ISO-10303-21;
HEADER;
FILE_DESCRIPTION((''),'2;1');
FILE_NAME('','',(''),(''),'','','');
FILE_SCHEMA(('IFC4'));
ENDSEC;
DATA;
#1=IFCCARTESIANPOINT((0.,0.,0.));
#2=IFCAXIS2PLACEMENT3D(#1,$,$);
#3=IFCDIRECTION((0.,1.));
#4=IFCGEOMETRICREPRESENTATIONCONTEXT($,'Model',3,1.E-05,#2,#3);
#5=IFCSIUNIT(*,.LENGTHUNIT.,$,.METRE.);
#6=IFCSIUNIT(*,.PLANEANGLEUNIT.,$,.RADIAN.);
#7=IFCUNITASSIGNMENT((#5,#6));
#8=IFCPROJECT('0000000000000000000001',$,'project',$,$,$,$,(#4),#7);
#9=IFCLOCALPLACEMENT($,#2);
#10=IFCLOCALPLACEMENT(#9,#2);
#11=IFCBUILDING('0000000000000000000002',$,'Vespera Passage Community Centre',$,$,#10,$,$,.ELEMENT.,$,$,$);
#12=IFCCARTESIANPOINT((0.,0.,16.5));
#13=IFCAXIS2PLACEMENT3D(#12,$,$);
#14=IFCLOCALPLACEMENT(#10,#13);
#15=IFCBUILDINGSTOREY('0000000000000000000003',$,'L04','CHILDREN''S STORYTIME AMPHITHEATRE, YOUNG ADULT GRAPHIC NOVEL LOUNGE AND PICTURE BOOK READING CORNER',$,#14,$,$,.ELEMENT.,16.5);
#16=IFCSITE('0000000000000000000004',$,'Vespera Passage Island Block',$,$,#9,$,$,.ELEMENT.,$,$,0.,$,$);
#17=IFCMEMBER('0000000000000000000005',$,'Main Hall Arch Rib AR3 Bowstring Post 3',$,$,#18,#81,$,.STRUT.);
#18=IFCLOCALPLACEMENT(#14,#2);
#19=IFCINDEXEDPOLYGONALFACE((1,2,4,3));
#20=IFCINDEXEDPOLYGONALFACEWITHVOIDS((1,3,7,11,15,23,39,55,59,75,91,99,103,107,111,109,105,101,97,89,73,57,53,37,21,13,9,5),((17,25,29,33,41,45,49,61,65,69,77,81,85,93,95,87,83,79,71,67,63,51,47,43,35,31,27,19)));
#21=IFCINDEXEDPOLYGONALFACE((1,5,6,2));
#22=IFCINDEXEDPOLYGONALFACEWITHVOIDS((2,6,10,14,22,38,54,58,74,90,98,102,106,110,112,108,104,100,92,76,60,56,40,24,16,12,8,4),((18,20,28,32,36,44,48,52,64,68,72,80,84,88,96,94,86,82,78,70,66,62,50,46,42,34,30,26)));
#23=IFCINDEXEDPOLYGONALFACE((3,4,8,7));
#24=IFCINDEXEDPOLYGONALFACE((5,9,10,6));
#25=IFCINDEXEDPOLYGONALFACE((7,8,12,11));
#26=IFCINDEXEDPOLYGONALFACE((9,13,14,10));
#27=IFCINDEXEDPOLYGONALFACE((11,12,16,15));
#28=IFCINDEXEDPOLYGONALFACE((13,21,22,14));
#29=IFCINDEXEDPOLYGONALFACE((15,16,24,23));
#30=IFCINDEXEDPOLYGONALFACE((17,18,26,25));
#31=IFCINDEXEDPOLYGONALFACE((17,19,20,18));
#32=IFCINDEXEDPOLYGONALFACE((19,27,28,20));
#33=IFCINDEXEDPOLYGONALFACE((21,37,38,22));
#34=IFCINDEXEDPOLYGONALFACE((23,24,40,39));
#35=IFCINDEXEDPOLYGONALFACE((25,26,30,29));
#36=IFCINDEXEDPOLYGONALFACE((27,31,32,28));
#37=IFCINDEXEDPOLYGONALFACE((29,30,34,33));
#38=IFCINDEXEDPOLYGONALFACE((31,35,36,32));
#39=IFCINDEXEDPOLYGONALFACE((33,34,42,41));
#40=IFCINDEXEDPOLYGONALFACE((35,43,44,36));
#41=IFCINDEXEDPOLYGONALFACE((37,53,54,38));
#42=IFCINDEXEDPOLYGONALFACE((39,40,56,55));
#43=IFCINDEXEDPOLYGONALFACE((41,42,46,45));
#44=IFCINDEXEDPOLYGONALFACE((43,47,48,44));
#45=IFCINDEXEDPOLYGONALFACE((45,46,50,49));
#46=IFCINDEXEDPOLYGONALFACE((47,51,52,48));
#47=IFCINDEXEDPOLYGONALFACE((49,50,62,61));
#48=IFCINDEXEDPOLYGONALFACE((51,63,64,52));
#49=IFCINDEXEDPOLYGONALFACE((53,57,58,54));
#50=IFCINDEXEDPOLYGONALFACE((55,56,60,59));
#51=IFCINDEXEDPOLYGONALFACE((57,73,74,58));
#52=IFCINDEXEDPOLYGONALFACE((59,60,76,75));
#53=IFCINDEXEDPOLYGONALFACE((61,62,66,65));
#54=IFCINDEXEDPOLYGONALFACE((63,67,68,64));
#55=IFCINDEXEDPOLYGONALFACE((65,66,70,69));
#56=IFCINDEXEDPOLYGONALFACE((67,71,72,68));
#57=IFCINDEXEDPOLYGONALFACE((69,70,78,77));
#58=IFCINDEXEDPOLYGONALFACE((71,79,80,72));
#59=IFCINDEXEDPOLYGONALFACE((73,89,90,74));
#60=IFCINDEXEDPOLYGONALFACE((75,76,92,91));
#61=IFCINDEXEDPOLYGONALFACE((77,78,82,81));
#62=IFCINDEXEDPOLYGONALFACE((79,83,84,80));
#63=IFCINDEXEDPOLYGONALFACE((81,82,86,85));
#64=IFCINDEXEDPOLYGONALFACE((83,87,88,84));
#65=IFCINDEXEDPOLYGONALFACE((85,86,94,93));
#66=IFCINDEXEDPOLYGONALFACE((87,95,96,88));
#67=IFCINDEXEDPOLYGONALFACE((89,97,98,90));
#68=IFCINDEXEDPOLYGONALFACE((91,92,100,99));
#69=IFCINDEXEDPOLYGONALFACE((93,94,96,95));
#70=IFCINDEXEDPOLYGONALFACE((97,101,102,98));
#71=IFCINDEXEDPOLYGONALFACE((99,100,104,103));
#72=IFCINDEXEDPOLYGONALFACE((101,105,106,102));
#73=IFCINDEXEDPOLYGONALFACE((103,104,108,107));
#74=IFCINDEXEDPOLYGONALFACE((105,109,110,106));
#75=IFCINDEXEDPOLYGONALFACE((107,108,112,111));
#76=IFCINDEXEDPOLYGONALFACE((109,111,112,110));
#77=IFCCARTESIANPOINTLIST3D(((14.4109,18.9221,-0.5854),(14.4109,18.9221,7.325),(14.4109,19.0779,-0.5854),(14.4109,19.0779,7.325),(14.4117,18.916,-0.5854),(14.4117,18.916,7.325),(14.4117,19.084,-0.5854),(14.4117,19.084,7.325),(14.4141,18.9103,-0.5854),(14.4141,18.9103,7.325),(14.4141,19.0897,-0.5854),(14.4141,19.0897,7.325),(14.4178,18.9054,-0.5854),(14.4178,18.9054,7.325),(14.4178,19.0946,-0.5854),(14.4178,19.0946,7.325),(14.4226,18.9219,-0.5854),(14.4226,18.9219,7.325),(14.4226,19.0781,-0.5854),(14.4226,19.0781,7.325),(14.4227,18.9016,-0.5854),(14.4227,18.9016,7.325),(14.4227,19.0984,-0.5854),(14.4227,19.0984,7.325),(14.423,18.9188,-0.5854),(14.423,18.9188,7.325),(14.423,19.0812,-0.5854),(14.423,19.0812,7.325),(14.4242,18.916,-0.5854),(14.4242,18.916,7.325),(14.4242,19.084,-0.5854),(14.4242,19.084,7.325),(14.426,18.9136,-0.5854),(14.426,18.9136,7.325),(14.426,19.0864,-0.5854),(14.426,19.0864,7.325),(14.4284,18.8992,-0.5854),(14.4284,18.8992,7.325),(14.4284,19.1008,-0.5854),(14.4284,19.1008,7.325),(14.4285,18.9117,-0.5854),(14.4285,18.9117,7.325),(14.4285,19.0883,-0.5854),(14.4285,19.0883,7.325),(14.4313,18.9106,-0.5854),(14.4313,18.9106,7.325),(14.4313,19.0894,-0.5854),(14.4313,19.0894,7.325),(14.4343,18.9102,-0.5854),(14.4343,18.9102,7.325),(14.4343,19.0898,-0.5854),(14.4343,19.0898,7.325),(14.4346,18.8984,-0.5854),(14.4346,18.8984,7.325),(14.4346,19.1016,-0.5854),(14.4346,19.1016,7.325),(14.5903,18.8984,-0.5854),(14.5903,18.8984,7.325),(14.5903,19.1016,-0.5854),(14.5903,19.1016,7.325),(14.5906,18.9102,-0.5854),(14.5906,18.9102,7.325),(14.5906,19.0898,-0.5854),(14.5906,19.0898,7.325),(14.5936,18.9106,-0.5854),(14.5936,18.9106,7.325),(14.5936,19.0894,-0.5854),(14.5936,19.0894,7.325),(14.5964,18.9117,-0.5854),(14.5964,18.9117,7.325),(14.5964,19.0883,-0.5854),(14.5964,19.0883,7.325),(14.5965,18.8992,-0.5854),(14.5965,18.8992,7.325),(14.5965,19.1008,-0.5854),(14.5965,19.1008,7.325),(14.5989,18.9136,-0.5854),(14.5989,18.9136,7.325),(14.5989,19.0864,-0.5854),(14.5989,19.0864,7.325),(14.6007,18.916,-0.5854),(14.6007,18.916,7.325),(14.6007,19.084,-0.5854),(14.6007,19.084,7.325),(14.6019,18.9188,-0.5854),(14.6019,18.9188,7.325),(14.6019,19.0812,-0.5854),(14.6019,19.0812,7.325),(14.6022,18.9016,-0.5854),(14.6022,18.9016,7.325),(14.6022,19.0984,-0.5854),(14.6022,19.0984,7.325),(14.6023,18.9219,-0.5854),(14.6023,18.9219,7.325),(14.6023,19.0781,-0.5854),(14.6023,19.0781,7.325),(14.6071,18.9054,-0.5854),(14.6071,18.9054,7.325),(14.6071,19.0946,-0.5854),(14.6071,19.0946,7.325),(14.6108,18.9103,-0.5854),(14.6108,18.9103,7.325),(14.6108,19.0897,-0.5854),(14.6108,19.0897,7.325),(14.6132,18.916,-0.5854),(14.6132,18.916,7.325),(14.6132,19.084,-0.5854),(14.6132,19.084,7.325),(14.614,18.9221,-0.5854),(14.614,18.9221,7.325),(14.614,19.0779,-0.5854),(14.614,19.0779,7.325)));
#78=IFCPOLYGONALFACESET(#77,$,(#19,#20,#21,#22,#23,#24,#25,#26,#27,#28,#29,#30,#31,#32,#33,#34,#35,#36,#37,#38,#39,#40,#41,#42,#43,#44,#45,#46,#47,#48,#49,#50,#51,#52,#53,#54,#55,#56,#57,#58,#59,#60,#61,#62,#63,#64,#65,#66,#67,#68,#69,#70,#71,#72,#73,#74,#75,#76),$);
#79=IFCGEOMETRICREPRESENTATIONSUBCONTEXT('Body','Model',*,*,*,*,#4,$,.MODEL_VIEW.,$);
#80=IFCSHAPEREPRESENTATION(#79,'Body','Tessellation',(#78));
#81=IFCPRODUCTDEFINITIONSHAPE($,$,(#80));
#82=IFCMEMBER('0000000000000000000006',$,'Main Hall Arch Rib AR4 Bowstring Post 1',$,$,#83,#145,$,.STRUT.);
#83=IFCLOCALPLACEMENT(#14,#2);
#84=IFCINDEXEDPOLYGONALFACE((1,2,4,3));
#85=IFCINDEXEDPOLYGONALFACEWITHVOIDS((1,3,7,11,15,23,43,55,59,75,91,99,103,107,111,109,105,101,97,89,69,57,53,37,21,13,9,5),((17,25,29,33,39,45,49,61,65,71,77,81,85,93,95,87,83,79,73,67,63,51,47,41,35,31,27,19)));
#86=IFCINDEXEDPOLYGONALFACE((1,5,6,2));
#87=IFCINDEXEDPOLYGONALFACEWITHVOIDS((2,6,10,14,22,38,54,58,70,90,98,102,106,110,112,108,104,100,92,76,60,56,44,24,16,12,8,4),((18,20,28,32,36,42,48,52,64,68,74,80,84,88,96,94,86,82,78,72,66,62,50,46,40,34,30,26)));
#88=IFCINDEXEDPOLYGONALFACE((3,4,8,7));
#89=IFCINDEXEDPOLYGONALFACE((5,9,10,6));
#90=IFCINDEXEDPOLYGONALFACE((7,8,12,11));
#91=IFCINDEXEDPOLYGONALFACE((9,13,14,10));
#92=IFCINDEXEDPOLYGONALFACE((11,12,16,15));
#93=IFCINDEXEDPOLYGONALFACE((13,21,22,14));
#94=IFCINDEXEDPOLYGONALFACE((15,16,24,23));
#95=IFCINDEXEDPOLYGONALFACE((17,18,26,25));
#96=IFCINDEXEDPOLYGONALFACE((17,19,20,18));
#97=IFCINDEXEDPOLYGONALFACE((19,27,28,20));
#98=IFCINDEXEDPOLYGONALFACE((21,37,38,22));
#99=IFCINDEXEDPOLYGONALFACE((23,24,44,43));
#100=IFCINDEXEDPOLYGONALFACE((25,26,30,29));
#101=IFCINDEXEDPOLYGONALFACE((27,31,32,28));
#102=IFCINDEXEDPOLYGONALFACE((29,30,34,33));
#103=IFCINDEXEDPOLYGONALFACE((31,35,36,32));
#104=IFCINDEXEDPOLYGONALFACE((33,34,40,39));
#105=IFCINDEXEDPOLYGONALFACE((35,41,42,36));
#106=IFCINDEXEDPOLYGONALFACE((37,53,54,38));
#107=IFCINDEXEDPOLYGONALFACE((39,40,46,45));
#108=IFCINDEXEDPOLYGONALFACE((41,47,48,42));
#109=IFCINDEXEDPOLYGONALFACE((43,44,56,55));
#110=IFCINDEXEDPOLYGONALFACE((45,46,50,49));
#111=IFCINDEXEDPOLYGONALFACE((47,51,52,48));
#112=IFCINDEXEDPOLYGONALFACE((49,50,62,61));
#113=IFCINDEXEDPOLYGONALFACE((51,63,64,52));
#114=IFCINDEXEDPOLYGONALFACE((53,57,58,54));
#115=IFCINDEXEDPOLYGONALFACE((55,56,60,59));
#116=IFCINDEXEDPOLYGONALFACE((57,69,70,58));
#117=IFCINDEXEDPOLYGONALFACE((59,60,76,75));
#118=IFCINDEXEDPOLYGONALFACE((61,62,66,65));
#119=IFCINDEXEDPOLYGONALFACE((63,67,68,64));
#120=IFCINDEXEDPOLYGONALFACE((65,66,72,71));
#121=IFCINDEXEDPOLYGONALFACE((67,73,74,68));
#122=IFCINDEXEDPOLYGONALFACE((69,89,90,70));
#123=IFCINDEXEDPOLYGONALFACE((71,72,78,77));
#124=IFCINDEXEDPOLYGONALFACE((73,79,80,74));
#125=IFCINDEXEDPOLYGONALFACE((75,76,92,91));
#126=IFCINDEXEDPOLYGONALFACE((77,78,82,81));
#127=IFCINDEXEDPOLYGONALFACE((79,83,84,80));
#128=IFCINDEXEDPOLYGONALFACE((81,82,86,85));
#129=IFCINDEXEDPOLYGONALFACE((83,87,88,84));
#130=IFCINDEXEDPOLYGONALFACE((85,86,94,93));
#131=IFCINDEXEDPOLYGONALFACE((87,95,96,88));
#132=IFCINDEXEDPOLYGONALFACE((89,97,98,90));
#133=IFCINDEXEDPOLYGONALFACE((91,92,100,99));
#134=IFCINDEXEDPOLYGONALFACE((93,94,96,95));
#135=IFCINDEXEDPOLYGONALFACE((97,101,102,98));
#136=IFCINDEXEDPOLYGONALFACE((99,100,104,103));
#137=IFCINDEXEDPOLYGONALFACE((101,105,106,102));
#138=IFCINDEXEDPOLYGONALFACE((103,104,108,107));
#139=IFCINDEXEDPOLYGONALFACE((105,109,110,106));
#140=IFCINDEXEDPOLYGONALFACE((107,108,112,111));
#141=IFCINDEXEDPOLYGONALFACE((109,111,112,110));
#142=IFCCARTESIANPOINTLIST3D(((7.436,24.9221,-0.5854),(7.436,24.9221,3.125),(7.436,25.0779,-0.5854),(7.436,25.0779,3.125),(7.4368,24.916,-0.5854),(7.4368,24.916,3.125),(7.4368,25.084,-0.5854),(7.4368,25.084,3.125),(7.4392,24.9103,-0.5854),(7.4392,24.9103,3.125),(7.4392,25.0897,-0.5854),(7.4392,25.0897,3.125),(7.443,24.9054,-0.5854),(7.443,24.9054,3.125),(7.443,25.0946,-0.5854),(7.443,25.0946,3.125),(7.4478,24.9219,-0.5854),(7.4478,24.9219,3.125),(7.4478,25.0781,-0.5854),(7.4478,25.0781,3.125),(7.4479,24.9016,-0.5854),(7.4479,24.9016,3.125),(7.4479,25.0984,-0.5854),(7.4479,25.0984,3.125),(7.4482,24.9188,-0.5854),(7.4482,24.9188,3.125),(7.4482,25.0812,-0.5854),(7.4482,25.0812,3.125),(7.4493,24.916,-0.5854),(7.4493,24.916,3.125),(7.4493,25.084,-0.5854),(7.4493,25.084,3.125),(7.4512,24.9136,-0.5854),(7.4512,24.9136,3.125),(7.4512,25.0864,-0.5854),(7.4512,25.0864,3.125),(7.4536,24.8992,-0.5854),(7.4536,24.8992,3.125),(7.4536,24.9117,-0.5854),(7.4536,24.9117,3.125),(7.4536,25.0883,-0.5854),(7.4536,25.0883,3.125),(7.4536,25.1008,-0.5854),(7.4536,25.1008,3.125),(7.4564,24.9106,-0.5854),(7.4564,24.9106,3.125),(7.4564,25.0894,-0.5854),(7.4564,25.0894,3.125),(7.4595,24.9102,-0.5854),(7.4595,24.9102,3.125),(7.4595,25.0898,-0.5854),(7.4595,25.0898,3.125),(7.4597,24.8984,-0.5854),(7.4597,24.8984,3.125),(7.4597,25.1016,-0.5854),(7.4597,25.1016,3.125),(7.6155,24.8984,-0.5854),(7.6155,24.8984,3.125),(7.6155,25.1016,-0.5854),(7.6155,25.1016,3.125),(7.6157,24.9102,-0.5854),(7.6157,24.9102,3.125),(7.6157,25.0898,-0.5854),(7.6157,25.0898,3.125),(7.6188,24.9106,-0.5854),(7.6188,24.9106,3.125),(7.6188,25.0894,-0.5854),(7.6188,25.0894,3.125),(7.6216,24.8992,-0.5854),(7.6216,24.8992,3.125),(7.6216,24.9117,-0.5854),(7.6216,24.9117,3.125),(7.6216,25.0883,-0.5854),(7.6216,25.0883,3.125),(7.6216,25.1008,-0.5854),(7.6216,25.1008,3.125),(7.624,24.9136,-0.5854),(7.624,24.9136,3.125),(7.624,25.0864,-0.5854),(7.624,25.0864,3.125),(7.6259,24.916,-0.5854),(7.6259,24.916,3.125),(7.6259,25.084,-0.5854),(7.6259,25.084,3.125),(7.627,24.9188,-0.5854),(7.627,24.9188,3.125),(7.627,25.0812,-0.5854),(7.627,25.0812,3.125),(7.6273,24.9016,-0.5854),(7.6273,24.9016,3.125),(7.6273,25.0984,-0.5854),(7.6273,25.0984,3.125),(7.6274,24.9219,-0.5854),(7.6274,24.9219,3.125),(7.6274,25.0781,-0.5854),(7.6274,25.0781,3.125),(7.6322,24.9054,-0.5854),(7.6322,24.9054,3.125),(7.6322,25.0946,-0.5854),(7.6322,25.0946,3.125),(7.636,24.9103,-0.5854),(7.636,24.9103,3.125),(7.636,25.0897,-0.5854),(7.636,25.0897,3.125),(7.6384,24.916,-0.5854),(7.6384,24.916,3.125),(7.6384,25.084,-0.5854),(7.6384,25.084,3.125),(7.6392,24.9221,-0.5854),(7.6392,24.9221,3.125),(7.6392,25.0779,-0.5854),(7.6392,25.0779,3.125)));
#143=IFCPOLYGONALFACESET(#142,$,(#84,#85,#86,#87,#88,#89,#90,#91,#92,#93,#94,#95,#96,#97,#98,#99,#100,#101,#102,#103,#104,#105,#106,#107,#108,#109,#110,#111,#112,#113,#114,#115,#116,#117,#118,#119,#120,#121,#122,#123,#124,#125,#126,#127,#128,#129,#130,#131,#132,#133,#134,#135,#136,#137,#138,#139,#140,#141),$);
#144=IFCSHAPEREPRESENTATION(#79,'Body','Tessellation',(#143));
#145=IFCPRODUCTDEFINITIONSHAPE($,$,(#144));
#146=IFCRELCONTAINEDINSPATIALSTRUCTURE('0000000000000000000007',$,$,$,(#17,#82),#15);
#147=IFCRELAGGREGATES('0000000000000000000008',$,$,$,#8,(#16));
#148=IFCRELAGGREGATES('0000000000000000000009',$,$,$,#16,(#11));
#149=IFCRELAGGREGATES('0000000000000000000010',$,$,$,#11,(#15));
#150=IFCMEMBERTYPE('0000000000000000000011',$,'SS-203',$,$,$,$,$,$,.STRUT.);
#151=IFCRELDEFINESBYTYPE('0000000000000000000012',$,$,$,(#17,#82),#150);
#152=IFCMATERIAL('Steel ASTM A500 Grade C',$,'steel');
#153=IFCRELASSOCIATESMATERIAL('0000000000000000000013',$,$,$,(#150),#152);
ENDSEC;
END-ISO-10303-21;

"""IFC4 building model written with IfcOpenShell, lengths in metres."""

from ifc_helpers import new_model, si_unit, direction, frame, origin, origin_2d, place, context, subcontext, project, spatial, hollow_rectangle, extrude, material, material_profile, profile_set, type_object, element, save


model = new_model("IFC4")

# Units and contexts
model_context = context("Model", 3, precision=1e-05, world=origin(), true_north=direction((0.0, 1.0)))
body_context = subcontext(model_context, "Body", "Model", "MODEL_VIEW")
ifc_project = project(units=[si_unit("LENGTHUNIT", "METRE"), si_unit("PLANEANGLEUNIT", "RADIAN")], contexts=[model_context])

# Site, building, storey
site_placement = place(None, origin())
site = spatial("IfcSite", under=ifc_project, at=site_placement, Name="Vespera Passage Island Block", CompositionType="ELEMENT", RefElevation=0.0)
building_placement = place(site_placement, origin())
building = spatial("IfcBuilding", under=site, at=building_placement, Name="Vespera Passage Community Centre", CompositionType="ELEMENT")
storey_placement = place(building_placement, frame((0.0, 0.0, 16.5)))
storey = spatial("IfcBuildingStorey", under=building, at=storey_placement, Name="L04", Description="CHILDREN'S STORYTIME AMPHITHEATRE, YOUNG ADULT GRAPHIC NOVEL LOUNGE AND PICTURE BOOK READING CORNER", CompositionType="ELEMENT", Elevation=16.5)

# Members
ifc_material_1 = material(Name="Steel ASTM A500 Grade C", Category="steel")
ifc_material_profile_1 = material_profile(ifc_material_1, hollow_rectangle(XDim=0.2031, YDim=0.2031, WallThickness=0.0117, InnerFilletRadius=0.0117, OuterFilletRadius=0.0237, at=origin_2d()), Name="HSS203X203X12.7")
ifc_profile_set_1 = profile_set([ifc_material_profile_1], Name="Steel ASTM A500 Grade C")
member_type_1 = type_object("IfcMemberType", Name="SS-203", PredefinedType="STRUT", material=ifc_profile_set_1)
member_1_placement = place(storey_placement, frame((14.5125, 19.0, -0.5854), z_axis=(0.0, 0.0, 1.0), x_axis=(1.0, 0.0, 0.0)))
element("IfcMember", 1, at=member_1_placement, inside=storey, type_object=member_type_1, Name="Main Hall Arch Rib AR3 Bowstring Post 3", PredefinedType="STRUT", context=body_context, shape_type="SweptSolid", body=[
    extrude(hollow_rectangle(XDim=0.2031, YDim=0.2031, WallThickness=0.0117, InnerFilletRadius=0.0117, OuterFilletRadius=0.0237, at=origin_2d()), origin(), (0.0, 0.0, 1.0), 7.9104),
])
member_2_placement = place(storey_placement, frame((7.5376, 25.0, -0.5854), z_axis=(0.0, 0.0, 1.0), x_axis=(1.0, 0.0, 0.0)))
element("IfcMember", 2, at=member_2_placement, inside=storey, type_object=member_type_1, Name="Main Hall Arch Rib AR4 Bowstring Post 1", PredefinedType="STRUT", context=body_context, shape_type="SweptSolid", body=[
    extrude(hollow_rectangle(XDim=0.2031, YDim=0.2031, WallThickness=0.0117, InnerFilletRadius=0.0117, OuterFilletRadius=0.0237, at=origin_2d()), origin(), (0.0, 0.0, 1.0), 3.7104),
])

save(model, "model.ifc")
